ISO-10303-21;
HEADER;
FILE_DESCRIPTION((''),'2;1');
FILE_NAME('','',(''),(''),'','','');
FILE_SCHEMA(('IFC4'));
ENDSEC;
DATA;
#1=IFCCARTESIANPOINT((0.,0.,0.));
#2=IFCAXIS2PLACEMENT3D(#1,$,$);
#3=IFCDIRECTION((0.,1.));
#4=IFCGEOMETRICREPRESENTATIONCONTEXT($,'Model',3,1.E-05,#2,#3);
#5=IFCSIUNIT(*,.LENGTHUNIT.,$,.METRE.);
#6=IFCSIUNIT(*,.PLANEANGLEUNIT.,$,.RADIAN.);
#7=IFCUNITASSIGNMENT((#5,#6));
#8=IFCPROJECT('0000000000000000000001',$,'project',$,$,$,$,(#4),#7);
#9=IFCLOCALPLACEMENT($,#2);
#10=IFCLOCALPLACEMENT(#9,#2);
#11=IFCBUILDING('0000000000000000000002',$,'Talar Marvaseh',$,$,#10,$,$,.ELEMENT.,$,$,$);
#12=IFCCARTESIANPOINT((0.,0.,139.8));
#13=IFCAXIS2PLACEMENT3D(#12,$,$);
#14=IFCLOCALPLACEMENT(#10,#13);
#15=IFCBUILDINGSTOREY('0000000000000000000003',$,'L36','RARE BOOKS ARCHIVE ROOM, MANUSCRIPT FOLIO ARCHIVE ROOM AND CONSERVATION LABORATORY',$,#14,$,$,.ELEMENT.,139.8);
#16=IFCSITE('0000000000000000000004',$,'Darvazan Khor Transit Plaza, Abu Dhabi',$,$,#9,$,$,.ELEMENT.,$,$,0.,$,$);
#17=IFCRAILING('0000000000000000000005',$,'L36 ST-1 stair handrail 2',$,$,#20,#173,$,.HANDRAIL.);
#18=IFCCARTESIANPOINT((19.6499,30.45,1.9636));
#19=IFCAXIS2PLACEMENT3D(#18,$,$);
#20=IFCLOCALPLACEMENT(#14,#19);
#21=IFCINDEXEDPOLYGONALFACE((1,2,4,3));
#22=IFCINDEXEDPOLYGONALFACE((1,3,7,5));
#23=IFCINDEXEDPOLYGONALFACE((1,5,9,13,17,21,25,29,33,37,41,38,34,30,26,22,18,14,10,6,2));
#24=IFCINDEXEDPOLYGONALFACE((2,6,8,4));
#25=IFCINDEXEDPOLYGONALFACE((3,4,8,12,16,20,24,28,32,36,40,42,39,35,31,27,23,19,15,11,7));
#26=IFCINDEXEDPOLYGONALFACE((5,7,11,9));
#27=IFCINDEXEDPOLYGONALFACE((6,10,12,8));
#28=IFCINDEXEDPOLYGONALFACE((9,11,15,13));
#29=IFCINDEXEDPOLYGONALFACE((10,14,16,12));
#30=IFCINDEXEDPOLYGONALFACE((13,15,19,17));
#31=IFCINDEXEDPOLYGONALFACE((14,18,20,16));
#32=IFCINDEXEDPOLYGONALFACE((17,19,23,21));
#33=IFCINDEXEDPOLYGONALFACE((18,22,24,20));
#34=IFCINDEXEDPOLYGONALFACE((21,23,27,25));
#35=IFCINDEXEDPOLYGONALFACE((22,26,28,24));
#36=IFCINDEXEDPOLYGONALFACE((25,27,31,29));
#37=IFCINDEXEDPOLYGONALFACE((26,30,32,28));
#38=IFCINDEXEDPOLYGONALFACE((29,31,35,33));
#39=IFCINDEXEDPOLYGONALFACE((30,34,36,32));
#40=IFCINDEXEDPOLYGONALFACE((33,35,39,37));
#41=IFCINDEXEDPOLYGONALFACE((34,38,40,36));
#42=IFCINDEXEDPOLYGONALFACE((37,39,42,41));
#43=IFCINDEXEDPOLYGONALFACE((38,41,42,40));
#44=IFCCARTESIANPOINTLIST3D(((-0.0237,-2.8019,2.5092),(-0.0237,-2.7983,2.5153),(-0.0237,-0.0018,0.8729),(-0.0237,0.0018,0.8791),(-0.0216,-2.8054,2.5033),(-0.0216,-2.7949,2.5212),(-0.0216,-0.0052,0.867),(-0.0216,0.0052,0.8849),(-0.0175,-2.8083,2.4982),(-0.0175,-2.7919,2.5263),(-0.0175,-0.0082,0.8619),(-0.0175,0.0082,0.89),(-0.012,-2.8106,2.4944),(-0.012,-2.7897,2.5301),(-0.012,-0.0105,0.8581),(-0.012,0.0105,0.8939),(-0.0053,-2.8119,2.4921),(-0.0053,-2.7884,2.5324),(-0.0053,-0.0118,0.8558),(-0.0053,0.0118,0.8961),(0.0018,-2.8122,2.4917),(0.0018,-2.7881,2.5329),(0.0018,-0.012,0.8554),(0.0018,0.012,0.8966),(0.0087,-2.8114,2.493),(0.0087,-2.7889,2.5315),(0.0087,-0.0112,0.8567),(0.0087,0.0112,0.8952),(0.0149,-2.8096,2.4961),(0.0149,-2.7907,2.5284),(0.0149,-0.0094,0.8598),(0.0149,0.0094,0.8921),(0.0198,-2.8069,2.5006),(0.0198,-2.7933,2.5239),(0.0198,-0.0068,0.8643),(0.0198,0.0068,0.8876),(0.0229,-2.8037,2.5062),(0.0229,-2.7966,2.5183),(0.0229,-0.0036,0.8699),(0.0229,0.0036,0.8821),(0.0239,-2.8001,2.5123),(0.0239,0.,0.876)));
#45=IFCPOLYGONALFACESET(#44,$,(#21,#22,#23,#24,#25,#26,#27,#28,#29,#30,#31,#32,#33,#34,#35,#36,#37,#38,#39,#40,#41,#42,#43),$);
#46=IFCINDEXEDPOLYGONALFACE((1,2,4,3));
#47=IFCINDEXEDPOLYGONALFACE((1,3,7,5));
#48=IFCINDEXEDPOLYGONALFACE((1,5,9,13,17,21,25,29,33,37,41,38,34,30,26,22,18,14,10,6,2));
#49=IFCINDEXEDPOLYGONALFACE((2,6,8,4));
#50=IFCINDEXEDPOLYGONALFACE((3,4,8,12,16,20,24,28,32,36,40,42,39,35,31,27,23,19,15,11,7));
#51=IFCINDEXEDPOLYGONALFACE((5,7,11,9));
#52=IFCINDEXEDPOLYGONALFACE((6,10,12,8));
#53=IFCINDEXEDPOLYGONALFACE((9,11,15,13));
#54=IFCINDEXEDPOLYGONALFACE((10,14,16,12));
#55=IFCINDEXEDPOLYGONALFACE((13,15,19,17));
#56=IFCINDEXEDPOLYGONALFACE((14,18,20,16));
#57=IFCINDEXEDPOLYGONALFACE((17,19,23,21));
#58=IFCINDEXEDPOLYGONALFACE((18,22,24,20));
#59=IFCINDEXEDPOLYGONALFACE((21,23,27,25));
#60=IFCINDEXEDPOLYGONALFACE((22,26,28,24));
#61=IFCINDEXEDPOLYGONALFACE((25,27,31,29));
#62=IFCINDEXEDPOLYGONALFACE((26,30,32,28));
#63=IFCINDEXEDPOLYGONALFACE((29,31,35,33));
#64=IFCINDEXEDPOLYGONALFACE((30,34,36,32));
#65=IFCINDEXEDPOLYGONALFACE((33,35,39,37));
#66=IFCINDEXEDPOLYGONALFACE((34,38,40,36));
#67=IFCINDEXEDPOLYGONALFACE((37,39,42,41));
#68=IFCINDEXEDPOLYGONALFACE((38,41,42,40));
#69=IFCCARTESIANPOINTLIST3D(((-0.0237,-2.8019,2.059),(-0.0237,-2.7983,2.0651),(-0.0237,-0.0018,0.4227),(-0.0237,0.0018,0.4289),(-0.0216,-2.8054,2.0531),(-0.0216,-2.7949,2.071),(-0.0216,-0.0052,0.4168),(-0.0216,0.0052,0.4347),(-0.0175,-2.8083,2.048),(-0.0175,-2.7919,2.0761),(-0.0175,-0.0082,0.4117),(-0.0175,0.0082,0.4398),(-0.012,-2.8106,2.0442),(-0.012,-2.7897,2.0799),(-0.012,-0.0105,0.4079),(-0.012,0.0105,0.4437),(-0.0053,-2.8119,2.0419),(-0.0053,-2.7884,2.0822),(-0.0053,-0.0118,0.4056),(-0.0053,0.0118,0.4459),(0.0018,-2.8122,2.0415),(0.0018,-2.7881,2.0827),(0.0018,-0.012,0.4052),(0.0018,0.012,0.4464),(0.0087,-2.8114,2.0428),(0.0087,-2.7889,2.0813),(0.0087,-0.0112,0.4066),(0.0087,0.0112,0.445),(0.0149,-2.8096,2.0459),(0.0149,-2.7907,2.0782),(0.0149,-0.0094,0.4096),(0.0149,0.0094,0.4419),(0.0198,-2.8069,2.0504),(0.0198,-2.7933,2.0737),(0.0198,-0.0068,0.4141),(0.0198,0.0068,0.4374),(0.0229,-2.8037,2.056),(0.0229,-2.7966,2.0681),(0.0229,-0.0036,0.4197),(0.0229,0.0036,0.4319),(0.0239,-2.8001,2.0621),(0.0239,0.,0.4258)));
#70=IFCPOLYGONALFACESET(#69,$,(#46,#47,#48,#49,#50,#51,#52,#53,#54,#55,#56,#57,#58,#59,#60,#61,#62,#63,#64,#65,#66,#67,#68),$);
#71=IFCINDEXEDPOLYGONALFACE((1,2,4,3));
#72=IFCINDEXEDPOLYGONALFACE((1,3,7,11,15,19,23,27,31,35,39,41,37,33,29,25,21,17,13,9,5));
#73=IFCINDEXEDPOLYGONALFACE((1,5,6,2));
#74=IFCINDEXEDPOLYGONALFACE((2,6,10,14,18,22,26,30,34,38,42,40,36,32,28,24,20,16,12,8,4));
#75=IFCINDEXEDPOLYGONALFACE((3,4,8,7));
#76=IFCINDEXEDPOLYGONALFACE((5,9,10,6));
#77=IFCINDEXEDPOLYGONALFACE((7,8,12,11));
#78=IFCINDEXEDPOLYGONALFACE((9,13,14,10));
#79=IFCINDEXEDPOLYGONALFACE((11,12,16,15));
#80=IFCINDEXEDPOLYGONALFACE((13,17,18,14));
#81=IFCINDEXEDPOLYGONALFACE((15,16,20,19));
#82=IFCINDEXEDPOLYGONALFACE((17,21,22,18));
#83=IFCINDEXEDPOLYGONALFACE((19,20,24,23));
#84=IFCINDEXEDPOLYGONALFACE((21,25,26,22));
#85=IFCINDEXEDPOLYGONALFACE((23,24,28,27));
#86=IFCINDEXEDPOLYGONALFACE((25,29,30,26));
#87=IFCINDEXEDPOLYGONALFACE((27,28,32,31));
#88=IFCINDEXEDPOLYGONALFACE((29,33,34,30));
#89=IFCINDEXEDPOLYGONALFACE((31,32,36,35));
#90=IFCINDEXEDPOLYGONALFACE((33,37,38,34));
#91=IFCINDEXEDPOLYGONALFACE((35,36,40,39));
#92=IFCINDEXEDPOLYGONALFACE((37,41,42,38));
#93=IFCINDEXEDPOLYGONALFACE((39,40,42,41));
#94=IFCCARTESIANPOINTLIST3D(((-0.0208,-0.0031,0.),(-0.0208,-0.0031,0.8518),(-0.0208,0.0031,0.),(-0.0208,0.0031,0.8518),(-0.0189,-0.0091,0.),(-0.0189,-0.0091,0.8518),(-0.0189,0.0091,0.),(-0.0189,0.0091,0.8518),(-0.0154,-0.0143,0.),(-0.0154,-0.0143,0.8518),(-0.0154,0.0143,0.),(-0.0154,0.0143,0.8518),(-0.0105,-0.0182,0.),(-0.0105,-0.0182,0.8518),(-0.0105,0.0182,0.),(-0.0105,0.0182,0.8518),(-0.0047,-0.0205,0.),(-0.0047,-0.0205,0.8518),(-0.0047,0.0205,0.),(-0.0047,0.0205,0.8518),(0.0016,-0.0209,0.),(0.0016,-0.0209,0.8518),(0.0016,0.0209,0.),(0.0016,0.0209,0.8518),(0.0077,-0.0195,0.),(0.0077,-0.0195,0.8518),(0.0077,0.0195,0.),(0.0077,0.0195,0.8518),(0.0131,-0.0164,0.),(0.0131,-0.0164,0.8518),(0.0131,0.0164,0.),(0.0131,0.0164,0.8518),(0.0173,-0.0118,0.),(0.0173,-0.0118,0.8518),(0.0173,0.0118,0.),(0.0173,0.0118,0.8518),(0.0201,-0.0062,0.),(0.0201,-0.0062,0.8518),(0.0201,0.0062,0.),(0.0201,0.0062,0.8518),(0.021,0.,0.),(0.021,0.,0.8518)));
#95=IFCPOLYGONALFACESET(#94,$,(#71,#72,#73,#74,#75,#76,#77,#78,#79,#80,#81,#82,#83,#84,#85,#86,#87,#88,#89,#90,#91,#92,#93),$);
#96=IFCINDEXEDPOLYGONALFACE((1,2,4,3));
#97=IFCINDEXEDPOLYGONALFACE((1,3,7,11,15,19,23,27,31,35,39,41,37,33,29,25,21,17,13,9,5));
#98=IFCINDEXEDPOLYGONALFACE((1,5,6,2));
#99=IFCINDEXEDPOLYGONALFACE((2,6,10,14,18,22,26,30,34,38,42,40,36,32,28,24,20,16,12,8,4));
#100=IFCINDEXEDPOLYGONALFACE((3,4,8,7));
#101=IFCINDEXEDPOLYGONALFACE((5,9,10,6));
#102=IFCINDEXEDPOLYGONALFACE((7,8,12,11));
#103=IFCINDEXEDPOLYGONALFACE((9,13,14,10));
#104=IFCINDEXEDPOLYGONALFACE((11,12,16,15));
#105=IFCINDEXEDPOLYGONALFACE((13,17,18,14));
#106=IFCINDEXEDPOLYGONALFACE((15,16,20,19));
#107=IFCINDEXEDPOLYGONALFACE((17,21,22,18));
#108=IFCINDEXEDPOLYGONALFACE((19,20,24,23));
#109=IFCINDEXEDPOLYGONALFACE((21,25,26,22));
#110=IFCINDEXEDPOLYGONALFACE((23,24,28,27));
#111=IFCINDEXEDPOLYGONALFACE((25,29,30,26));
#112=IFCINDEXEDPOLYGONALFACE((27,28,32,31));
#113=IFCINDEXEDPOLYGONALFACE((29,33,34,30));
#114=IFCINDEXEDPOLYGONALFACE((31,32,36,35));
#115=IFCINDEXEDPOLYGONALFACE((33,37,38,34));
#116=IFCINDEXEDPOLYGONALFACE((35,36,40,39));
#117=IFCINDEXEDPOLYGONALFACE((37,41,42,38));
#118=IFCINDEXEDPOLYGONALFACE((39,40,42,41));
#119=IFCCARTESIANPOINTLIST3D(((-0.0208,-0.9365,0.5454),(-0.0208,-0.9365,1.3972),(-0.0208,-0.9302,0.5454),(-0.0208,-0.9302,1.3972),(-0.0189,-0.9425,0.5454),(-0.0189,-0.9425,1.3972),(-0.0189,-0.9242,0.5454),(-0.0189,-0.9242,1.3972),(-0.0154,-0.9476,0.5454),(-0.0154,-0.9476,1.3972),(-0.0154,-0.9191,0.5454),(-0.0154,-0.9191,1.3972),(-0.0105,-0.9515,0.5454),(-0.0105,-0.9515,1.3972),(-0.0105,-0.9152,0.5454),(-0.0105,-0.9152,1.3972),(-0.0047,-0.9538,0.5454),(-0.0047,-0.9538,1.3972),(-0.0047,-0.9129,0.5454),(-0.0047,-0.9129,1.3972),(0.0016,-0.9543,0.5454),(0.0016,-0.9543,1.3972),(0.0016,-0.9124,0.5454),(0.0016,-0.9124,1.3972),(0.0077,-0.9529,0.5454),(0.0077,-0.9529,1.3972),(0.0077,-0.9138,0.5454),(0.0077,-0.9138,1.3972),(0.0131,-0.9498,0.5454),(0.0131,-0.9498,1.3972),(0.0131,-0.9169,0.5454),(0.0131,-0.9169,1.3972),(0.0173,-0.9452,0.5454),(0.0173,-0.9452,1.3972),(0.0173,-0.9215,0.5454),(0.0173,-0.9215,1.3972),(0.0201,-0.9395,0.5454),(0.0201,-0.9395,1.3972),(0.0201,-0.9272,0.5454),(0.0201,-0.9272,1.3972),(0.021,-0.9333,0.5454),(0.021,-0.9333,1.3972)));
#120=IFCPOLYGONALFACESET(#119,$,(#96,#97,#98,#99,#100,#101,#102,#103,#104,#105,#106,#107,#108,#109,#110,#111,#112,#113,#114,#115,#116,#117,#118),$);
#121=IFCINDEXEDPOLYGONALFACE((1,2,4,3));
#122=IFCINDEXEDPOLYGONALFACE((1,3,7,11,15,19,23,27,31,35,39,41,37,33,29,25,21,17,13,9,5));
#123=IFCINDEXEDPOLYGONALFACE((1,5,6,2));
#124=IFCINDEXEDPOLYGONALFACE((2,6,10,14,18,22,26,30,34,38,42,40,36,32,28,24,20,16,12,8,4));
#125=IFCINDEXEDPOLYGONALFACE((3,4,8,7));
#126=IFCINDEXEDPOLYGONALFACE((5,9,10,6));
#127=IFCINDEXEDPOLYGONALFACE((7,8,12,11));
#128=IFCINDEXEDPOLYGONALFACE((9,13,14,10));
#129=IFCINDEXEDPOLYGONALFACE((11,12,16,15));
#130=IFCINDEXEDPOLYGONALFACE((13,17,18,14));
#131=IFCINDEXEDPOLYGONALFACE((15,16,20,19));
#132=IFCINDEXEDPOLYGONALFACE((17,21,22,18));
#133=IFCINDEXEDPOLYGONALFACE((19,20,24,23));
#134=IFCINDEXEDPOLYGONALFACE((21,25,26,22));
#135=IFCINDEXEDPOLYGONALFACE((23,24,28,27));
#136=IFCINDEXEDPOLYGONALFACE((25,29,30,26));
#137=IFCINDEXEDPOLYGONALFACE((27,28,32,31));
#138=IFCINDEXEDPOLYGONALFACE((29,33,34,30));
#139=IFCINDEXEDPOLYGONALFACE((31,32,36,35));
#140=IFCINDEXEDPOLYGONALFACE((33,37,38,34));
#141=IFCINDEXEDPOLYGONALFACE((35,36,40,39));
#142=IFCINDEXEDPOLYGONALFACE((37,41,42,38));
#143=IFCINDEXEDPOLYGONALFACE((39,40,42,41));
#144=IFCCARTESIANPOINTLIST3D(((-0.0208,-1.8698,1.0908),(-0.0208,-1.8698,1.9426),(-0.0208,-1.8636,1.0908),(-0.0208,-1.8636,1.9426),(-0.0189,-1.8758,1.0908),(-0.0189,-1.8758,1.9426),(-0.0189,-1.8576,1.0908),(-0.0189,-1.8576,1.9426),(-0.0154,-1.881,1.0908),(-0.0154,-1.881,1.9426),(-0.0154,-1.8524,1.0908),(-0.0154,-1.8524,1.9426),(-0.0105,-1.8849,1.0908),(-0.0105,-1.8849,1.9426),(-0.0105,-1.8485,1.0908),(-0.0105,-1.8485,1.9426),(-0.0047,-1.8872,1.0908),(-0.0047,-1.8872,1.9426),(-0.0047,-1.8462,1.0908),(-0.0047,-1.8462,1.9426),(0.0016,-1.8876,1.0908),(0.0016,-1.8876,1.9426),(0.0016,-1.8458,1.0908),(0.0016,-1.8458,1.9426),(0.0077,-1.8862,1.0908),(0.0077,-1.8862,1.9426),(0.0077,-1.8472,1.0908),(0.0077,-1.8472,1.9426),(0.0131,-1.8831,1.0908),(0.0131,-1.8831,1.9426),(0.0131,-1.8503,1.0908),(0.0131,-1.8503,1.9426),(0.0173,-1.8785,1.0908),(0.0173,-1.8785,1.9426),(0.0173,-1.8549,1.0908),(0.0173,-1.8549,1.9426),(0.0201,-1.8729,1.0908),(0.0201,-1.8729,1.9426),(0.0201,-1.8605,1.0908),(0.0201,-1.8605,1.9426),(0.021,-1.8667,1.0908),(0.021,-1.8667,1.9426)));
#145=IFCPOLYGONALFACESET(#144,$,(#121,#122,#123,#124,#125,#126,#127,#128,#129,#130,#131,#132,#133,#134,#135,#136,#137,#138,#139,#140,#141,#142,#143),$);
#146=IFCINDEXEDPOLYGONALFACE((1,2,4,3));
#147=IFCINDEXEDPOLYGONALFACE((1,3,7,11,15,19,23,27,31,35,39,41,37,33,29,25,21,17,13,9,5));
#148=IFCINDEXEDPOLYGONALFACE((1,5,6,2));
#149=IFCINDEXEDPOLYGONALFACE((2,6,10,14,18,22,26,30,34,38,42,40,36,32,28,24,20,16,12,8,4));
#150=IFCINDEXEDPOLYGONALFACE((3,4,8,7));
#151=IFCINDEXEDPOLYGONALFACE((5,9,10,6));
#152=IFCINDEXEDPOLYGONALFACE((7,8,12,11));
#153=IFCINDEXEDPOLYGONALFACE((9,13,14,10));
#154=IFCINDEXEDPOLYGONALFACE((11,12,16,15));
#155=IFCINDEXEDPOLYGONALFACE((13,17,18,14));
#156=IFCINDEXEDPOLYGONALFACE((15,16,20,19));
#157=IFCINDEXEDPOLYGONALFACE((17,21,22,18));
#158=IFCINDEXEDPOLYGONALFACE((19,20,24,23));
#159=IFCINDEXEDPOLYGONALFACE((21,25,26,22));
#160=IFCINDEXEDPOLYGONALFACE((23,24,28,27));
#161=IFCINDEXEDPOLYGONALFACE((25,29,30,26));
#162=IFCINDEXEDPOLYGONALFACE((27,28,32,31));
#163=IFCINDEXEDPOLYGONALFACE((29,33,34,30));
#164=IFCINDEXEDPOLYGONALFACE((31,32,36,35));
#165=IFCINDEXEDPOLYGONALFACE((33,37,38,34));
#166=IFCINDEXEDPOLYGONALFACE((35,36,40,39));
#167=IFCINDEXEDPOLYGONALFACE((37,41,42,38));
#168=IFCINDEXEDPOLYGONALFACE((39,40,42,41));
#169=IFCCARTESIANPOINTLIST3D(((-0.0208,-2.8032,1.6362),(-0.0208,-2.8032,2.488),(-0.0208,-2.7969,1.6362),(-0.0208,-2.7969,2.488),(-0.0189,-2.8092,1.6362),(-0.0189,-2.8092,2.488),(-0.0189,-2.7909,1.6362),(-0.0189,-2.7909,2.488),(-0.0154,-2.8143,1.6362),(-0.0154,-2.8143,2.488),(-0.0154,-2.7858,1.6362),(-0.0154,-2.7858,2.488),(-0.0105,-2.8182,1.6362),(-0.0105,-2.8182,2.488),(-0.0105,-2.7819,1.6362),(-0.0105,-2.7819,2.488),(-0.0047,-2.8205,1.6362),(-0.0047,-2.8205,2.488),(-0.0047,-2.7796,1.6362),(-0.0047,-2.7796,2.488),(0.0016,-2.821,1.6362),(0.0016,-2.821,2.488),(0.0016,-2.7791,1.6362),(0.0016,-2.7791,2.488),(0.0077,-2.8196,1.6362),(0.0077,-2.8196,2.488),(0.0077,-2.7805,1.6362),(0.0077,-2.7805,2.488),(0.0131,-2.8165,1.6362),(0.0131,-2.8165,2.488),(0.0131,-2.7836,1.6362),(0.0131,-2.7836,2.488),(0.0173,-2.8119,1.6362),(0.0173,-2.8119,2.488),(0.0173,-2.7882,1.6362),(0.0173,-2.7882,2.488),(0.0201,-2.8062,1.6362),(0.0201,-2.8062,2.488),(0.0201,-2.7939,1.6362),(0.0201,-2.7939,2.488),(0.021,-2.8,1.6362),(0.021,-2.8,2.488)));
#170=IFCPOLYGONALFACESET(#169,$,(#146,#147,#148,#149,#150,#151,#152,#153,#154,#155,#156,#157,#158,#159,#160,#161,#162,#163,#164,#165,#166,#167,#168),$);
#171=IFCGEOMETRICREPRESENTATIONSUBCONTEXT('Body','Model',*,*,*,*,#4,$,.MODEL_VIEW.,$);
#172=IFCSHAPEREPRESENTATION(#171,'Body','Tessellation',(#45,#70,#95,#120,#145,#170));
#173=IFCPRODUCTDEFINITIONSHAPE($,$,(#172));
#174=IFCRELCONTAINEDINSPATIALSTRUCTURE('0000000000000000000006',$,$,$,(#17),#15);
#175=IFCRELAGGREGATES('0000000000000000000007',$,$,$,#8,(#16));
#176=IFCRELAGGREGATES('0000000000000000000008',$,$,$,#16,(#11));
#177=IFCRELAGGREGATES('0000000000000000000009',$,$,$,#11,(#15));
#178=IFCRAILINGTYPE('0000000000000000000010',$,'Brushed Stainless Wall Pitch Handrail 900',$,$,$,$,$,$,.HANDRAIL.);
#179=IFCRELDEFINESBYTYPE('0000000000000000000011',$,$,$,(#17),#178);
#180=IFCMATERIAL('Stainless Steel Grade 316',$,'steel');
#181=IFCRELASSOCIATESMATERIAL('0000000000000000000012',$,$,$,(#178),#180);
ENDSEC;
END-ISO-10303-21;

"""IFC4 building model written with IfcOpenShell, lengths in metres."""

from ifc_helpers import new_model, si_unit, direction, frame, origin, origin_2d, place, context, subcontext, project, spatial, circle, extrude, material, type_object, element, save


model = new_model("IFC4")

# Units and contexts
model_context = context("Model", 3, precision=1e-05, world=origin(), true_north=direction((0.0, 1.0)))
body_context = subcontext(model_context, "Body", "Model", "MODEL_VIEW")
ifc_project = project(units=[si_unit("LENGTHUNIT", "METRE"), si_unit("PLANEANGLEUNIT", "RADIAN")], contexts=[model_context])

# Site, building, storey
site_placement = place(None, origin())
site = spatial("IfcSite", under=ifc_project, at=site_placement, Name="Darvazan Khor Transit Plaza, Abu Dhabi", CompositionType="ELEMENT", RefElevation=0.0)
building_placement = place(site_placement, origin())
building = spatial("IfcBuilding", under=site, at=building_placement, Name="Talar Marvaseh", CompositionType="ELEMENT")
storey_placement = place(building_placement, frame((0.0, 0.0, 139.8)))
storey = spatial("IfcBuildingStorey", under=building, at=storey_placement, Name="L36", Description="RARE BOOKS ARCHIVE ROOM, MANUSCRIPT FOLIO ARCHIVE ROOM AND CONSERVATION LABORATORY", CompositionType="ELEMENT", Elevation=139.8)

# Railing
ifc_material_1 = material(Name="Stainless Steel Grade 316", Category="steel")
railing_type_1 = type_object("IfcRailingType", Name="Brushed Stainless Wall Pitch Handrail 900", PredefinedType="HANDRAIL", material=ifc_material_1)
railing_1_placement = place(storey_placement, frame((19.6499, 30.45, 1.9636)))
element("IfcRailing", 1, at=railing_1_placement, inside=storey, type_object=railing_type_1, Name="L36 ST-1 stair handrail 2", PredefinedType="HANDRAIL", context=body_context, shape_type="SweptSolid", body=[
    extrude(circle(Radius=0.0239, at=origin_2d()), frame((0.0, 0.0, 0.876), z_axis=(0.0, -0.863394, 0.504531), x_axis=(1.0, 0.0, 0.0)), (0.0, 0.0, 1.0), 3.2432),
    extrude(circle(Radius=0.0239, at=origin_2d()), frame((0.0, 0.0, 0.4258), z_axis=(0.0, -0.863394, 0.504531), x_axis=(1.0, 0.0, 0.0)), (0.0, 0.0, 1.0), 3.2432),
    extrude(circle(Radius=0.021, at=origin_2d()), origin(), (0.0, 0.0, 1.0), 0.8518),
    extrude(circle(Radius=0.021, at=origin_2d()), frame((0.0, -0.9333, 0.5454)), (0.0, 0.0, 1.0), 0.8518),
    extrude(circle(Radius=0.021, at=origin_2d()), frame((0.0, -1.8667, 1.0908)), (0.0, 0.0, 1.0), 0.8518),
    extrude(circle(Radius=0.021, at=origin_2d()), frame((0.0, -2.8, 1.6362)), (0.0, 0.0, 1.0), 0.8518),
])

save(model, "model.ifc")
